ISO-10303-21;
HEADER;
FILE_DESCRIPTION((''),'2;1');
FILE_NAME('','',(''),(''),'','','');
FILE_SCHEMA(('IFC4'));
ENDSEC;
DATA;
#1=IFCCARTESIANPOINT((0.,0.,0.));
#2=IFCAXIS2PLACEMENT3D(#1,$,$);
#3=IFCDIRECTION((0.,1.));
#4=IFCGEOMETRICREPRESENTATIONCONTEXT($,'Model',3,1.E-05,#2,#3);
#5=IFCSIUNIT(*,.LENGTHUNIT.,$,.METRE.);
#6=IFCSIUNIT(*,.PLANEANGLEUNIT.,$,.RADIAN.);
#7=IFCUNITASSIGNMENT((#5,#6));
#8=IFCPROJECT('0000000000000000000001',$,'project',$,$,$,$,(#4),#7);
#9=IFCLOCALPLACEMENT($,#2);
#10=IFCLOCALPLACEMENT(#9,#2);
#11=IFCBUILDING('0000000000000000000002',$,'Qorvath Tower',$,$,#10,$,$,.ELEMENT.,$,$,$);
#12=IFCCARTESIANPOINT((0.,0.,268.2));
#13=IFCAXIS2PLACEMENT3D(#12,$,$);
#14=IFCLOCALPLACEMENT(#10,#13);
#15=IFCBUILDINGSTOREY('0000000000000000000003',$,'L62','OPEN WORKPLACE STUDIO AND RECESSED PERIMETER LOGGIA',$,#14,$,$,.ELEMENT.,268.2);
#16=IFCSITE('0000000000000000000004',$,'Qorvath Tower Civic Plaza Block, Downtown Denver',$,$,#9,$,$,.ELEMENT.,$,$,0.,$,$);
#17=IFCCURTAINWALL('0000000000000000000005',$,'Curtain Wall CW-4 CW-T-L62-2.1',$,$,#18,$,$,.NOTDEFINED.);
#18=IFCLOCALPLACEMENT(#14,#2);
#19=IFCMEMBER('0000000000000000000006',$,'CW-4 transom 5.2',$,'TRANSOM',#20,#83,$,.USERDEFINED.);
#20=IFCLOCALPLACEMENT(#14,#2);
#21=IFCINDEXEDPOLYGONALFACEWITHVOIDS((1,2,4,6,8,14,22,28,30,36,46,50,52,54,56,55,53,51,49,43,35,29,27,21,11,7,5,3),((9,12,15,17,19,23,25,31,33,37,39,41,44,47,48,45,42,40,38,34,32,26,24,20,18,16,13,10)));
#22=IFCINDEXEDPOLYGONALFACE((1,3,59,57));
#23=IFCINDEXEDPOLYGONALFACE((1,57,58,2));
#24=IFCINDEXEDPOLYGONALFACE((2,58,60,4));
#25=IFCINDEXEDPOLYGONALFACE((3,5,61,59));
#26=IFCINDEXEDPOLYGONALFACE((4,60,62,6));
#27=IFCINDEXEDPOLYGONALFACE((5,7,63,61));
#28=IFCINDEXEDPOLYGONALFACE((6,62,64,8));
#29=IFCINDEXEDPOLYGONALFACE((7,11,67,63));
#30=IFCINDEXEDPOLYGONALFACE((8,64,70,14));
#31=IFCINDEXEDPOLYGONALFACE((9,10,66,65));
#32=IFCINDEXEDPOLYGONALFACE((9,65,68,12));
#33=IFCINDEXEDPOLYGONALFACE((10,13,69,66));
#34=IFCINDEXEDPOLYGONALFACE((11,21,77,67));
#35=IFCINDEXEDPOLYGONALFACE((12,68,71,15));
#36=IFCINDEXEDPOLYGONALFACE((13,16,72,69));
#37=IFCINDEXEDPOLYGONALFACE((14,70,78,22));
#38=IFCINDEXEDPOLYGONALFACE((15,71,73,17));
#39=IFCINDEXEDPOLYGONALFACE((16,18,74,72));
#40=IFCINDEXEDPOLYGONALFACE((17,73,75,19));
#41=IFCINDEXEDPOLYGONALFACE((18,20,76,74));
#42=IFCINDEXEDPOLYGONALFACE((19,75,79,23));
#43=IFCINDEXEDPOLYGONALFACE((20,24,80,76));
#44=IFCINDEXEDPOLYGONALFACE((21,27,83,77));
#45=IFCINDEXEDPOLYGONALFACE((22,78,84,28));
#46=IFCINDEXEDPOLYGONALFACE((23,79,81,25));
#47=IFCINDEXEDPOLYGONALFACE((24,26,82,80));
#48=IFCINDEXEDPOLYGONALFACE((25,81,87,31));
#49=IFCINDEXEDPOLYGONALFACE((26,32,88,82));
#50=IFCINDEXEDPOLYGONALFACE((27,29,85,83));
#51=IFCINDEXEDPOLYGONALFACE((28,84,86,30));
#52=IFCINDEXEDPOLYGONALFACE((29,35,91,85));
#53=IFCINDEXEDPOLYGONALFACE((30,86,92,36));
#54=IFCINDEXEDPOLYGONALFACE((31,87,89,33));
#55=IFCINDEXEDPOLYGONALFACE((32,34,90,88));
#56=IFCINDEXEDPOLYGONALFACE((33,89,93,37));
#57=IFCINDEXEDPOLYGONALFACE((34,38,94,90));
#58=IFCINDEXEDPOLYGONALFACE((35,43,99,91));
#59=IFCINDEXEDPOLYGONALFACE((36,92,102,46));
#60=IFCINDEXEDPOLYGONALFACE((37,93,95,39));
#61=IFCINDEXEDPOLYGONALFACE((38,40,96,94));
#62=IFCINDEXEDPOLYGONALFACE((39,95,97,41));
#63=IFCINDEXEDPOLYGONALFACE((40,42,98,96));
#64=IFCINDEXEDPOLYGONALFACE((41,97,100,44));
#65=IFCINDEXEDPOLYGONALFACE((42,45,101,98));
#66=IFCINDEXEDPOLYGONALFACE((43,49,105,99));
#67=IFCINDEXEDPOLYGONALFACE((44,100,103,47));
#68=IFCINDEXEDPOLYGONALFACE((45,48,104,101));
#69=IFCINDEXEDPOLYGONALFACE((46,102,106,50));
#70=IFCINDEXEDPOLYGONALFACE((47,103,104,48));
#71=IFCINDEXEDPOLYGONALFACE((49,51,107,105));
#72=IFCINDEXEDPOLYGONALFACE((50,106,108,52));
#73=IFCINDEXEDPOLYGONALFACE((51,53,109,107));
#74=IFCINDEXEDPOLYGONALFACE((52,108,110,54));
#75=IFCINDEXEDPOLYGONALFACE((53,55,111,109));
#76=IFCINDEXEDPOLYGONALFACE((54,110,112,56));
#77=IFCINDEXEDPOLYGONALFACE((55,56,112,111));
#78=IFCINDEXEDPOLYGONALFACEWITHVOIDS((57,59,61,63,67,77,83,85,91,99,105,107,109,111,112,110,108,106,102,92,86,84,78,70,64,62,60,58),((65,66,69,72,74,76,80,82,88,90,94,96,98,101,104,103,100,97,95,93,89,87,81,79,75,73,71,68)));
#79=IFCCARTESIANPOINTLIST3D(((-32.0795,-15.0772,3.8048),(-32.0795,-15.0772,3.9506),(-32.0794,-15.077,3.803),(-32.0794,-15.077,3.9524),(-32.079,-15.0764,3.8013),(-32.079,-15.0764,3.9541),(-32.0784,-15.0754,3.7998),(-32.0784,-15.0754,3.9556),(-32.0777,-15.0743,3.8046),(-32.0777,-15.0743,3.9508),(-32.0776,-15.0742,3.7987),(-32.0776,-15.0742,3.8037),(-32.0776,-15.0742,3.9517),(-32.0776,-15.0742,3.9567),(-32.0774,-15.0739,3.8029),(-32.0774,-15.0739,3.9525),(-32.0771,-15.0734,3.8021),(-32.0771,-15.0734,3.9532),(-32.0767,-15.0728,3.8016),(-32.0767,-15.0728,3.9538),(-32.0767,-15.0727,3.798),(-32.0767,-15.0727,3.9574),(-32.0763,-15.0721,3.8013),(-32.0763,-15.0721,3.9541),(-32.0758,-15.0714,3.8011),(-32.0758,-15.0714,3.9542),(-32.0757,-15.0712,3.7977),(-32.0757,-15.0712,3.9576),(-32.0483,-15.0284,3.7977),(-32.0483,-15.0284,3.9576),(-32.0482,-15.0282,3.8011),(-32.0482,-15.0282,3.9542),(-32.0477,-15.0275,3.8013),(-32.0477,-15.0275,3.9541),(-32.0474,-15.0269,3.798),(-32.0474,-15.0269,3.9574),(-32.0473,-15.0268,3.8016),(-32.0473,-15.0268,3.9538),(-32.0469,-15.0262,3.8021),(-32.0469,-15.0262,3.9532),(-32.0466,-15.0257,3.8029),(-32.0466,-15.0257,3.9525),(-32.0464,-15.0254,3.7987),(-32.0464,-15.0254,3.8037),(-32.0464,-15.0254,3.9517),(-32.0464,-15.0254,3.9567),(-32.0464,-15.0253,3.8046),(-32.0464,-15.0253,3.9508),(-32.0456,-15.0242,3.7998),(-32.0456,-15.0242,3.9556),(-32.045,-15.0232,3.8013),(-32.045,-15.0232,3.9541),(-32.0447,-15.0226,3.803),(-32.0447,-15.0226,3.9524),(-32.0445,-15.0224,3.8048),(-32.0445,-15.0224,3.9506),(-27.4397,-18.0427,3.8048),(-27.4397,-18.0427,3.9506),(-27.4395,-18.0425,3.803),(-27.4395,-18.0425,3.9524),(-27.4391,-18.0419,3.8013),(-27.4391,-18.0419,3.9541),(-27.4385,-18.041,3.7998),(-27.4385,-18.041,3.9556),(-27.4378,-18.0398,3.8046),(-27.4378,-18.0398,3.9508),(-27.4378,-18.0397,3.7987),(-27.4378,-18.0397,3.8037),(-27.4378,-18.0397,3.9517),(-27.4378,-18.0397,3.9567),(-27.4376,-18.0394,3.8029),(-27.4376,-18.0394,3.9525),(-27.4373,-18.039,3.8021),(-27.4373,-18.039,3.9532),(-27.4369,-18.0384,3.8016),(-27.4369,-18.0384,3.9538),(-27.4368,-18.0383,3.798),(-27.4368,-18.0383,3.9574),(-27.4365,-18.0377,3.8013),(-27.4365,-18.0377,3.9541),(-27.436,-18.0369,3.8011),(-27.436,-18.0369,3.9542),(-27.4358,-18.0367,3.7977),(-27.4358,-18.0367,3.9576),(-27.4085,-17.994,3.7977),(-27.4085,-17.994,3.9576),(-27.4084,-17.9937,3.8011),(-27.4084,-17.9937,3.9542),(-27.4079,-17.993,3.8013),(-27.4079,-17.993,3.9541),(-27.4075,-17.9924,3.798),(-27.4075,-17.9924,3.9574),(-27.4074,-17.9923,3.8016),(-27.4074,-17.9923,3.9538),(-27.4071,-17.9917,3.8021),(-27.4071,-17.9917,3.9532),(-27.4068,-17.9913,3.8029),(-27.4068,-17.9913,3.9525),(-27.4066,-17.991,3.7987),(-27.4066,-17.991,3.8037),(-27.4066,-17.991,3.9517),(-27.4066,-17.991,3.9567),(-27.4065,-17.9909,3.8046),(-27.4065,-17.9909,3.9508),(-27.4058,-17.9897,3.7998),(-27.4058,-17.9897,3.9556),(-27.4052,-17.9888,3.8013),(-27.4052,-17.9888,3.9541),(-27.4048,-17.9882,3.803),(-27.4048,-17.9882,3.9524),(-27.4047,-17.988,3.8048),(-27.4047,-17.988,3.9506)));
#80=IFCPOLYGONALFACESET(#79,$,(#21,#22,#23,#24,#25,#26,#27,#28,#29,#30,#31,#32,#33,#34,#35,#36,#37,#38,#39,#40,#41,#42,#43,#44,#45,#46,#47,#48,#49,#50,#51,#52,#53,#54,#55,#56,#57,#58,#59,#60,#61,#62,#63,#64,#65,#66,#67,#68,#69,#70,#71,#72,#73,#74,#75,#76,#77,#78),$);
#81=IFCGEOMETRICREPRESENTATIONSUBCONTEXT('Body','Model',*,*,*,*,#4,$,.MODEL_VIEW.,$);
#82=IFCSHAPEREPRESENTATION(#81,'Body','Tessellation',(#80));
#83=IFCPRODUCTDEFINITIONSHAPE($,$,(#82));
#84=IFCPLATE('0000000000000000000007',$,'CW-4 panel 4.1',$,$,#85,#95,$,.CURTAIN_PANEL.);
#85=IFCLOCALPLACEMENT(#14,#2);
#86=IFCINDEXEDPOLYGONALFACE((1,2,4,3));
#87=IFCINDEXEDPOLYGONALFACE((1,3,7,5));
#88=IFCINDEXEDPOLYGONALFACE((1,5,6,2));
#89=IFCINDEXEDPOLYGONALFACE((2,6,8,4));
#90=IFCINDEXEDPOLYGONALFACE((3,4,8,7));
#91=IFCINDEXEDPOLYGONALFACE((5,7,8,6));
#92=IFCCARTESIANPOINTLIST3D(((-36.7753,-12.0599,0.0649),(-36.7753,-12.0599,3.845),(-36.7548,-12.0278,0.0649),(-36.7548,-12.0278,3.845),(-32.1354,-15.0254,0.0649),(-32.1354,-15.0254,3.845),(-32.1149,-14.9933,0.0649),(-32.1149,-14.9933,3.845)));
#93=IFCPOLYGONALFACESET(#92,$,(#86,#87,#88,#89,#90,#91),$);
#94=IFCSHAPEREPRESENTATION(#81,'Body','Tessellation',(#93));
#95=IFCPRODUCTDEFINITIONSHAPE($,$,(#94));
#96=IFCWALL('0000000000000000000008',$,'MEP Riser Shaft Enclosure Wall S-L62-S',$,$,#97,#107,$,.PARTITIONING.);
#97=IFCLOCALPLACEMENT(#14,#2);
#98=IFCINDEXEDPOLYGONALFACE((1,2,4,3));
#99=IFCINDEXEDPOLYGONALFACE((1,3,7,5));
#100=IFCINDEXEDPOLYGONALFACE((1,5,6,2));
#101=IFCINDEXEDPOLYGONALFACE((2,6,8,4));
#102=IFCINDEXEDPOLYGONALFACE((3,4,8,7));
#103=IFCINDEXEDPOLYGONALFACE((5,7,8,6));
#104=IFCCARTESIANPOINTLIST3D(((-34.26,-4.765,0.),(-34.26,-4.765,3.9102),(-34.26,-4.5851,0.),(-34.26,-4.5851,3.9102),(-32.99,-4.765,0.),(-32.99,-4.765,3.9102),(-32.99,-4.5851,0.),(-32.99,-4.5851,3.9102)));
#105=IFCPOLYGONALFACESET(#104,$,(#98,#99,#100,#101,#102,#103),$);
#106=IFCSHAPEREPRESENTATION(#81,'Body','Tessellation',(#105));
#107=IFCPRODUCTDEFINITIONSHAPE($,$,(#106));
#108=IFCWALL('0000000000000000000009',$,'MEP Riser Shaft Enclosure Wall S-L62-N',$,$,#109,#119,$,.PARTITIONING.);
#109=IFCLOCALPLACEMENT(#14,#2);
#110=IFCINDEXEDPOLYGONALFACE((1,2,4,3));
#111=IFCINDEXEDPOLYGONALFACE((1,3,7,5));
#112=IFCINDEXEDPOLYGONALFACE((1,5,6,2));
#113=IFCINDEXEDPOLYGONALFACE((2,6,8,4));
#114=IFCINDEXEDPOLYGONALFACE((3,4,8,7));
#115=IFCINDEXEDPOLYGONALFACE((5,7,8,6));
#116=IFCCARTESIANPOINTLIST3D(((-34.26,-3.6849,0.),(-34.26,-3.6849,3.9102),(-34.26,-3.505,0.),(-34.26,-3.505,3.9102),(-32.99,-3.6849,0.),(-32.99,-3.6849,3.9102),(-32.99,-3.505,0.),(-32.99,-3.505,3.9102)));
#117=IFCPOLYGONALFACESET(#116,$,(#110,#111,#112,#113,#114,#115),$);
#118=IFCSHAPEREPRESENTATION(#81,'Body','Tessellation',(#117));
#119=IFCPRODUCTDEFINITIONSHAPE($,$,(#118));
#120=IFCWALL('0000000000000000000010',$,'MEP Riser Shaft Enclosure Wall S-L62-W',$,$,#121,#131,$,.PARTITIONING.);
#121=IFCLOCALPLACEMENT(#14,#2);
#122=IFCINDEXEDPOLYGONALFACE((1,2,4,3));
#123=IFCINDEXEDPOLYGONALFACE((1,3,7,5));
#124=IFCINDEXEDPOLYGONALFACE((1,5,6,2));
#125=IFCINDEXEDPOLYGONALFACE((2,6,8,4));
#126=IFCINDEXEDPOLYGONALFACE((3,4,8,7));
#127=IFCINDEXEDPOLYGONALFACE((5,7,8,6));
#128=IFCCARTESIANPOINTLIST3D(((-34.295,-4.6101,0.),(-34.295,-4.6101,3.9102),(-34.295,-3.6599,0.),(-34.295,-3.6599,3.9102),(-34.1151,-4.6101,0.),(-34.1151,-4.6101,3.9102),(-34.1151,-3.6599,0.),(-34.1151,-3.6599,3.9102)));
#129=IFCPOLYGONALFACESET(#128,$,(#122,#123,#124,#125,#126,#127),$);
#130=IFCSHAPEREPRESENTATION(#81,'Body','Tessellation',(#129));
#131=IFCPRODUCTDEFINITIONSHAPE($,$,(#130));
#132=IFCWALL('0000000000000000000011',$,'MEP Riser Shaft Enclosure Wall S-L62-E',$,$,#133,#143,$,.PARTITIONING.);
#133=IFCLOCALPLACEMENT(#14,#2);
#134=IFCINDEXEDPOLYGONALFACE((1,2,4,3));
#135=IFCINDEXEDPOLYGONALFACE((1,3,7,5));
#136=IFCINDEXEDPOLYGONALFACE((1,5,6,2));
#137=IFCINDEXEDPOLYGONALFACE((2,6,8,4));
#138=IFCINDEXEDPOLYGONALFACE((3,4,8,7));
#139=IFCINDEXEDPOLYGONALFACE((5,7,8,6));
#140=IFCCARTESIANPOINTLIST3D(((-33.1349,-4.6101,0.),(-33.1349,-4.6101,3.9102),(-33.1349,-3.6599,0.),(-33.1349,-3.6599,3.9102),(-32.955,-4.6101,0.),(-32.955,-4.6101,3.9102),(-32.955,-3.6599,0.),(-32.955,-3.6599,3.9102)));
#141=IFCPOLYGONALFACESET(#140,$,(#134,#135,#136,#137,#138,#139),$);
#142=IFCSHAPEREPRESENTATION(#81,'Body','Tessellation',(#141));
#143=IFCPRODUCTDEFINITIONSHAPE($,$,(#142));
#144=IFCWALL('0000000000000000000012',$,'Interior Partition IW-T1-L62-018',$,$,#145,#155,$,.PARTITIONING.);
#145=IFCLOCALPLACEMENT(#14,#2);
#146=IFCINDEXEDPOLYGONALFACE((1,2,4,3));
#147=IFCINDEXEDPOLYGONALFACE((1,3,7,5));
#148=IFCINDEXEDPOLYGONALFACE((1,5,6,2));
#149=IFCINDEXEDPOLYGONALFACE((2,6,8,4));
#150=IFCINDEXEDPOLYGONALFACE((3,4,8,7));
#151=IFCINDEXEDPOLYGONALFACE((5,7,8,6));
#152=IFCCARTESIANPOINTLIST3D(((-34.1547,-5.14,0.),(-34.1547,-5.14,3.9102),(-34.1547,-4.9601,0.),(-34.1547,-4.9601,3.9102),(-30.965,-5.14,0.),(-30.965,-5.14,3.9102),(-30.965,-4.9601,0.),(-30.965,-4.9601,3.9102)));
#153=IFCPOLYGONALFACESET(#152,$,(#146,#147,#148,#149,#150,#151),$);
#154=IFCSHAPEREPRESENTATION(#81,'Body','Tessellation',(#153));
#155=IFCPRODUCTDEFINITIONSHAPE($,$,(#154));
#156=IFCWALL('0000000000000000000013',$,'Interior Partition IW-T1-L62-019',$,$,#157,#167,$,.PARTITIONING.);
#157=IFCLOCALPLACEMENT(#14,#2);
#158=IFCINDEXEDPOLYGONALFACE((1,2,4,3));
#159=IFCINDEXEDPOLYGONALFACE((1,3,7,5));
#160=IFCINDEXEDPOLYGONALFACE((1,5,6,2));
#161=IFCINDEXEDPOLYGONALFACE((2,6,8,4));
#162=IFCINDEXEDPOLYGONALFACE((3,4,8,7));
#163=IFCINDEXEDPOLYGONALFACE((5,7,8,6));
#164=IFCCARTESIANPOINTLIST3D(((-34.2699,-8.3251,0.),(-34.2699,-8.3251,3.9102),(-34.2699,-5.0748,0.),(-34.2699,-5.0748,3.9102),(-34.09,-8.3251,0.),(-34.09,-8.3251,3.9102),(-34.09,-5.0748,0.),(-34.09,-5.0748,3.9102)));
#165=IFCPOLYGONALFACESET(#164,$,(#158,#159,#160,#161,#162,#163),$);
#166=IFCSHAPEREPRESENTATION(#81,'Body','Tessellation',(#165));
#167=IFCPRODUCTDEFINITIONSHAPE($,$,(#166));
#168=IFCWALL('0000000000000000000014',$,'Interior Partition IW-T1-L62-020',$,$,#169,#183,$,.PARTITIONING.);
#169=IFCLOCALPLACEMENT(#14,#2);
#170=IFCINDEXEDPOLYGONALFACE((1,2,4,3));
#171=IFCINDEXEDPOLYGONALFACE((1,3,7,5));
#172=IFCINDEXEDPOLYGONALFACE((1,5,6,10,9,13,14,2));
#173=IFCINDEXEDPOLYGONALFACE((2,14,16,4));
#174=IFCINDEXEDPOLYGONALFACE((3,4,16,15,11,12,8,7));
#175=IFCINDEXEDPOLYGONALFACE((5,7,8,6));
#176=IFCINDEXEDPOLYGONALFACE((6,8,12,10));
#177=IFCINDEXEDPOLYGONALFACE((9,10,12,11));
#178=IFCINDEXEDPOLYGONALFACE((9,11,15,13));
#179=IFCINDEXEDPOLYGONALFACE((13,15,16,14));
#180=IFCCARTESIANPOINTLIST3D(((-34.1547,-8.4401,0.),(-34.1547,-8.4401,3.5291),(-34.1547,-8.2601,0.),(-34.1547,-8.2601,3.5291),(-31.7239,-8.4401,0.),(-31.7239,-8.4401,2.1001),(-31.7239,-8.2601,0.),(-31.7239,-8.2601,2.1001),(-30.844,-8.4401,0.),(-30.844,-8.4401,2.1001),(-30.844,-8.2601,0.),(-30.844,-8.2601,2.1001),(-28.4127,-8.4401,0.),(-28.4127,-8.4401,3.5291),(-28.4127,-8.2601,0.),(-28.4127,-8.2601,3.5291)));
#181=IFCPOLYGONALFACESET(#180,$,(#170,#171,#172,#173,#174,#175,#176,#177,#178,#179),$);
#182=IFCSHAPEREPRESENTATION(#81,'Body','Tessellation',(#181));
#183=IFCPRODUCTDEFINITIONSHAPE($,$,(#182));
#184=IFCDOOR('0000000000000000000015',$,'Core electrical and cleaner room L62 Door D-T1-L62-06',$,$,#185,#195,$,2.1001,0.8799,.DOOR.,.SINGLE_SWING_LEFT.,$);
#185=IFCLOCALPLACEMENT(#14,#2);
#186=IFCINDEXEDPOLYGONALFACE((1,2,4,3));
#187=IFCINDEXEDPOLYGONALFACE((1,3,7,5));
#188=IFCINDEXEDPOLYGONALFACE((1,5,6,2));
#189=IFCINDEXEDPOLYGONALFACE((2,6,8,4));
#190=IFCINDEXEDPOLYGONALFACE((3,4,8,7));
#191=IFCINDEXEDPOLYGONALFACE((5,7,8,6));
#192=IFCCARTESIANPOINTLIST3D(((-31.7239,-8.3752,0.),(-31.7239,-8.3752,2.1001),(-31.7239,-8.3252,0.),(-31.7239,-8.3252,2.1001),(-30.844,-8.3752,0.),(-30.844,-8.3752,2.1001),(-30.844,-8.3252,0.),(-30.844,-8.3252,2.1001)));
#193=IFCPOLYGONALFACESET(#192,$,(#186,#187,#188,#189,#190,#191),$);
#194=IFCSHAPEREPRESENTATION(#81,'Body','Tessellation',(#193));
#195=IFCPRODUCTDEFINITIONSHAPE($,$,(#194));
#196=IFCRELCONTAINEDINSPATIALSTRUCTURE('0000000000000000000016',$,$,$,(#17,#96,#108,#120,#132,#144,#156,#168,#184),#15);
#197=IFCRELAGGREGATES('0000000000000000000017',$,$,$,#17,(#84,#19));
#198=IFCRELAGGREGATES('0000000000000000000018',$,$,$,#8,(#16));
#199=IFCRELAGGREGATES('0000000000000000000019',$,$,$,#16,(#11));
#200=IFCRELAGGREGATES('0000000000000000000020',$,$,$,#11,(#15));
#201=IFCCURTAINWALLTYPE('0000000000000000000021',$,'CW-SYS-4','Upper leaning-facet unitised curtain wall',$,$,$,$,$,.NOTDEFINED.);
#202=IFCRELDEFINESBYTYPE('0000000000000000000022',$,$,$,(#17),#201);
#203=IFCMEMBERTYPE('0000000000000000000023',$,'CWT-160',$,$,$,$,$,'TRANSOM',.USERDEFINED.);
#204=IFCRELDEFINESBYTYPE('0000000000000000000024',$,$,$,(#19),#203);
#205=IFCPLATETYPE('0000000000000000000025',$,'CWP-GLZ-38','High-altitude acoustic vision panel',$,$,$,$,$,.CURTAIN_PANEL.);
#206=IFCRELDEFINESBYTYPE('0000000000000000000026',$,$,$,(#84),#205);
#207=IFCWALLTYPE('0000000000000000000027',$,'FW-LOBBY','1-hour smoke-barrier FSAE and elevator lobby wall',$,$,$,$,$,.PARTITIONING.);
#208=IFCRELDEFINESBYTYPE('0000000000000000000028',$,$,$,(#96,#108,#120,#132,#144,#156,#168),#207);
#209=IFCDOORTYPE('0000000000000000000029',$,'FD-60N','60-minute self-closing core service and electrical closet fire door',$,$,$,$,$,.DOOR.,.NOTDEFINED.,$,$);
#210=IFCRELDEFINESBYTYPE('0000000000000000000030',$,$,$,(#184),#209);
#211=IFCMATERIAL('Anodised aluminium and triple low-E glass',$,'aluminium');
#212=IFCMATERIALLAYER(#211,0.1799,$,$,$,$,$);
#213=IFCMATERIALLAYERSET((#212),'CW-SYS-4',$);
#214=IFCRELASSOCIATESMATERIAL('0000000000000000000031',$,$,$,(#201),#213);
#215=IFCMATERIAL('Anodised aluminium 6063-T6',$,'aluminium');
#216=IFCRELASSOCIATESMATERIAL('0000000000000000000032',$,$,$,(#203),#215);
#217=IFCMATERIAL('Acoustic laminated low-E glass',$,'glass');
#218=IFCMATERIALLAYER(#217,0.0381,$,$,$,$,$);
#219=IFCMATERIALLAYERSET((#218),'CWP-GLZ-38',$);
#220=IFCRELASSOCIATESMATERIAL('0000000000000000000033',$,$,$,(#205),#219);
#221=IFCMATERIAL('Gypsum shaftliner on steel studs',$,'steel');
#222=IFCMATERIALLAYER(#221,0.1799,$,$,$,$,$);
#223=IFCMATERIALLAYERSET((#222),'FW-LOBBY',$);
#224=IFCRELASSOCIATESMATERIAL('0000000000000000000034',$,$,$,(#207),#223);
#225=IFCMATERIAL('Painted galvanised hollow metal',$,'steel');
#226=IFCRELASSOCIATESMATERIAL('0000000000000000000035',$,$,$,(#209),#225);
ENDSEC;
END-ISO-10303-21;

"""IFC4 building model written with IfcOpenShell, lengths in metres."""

from ifc_helpers import new_model, si_unit, direction, frame, frame_2d, origin, origin_2d, place, context, subcontext, project, spatial, rectangle, hollow_rectangle, extrude, material, layer, layer_set, material_profile, profile_set, type_object, element, fill, aggregate, save


model = new_model("IFC4")

# Units and contexts
model_context = context("Model", 3, precision=1e-05, world=origin(), true_north=direction((0.0, 1.0)))
body_context = subcontext(model_context, "Body", "Model", "MODEL_VIEW")
ifc_project = project(units=[si_unit("LENGTHUNIT", "METRE"), si_unit("PLANEANGLEUNIT", "RADIAN")], contexts=[model_context])

# Site, building, storey
site_placement = place(None, origin())
site = spatial("IfcSite", under=ifc_project, at=site_placement, Name="Qorvath Tower Civic Plaza Block, Downtown Denver", CompositionType="ELEMENT", RefElevation=0.0)
building_placement = place(site_placement, origin())
building = spatial("IfcBuilding", under=site, at=building_placement, Name="Qorvath Tower", CompositionType="ELEMENT")
storey_placement = place(building_placement, frame((0.0, 0.0, 268.2)))
storey = spatial("IfcBuildingStorey", under=building, at=storey_placement, Name="L62", Description="OPEN WORKPLACE STUDIO AND RECESSED PERIMETER LOGGIA", CompositionType="ELEMENT", Elevation=268.2)

# Curtain wall, member, plate
ifc_material_1 = material(Name="Anodised aluminium and triple low-E glass", Category="aluminium")
ifc_layer_1 = layer(ifc_material_1, 0.1799)
ifc_layer_set_1 = layer_set([ifc_layer_1], Name="CW-SYS-4")
curtain_wall_type = type_object("IfcCurtainWallType", Name="CW-SYS-4", Description="Upper leaning-facet unitised curtain wall", PredefinedType="NOTDEFINED", material=ifc_layer_set_1)
curtain_wall_placement = place(storey_placement, origin())
curtain_wall = element("IfcCurtainWall", 1, at=curtain_wall_placement, inside=storey, type_object=curtain_wall_type, Name="Curtain Wall CW-4 CW-T-L62-2.1", PredefinedType="NOTDEFINED")
ifc_material_2 = material(Name="Anodised aluminium 6063-T6", Category="aluminium")
ifc_material_profile_1 = material_profile(ifc_material_2, hollow_rectangle(XDim=0.0649, YDim=0.1599, WallThickness=0.0034, InnerFilletRadius=0.0034, OuterFilletRadius=0.0071, at=origin_2d()), Name="CWT 160x65")
ifc_profile_set_1 = profile_set([ifc_material_profile_1], Name="Anodised aluminium 6063-T6")
member_type_1 = type_object("IfcMemberType", Name="CWT-160", ElementType="TRANSOM", PredefinedType="USERDEFINED", material=ifc_profile_set_1)
member_1_placement = place(storey_placement, frame((-32.062, -15.0498, 3.8777), z_axis=(0.842597, -0.538544, 0.0), x_axis=(0.538544, 0.842597, 0.0)))
member_1 = element("IfcMember", 2, at=member_1_placement, type_object=member_type_1, Name="CW-4 transom 5.2", ObjectType="TRANSOM", PredefinedType="USERDEFINED", context=body_context, shape_type="SweptSolid", body=[
    extrude(hollow_rectangle(XDim=0.0649, YDim=0.1599, WallThickness=0.0034, InnerFilletRadius=0.0034, OuterFilletRadius=0.0071, at=origin_2d()), origin(), (0.0, 0.0, 1.0), 5.5066),
])
ifc_material_3 = material(Name="Acoustic laminated low-E glass", Category="glass")
ifc_layer_2 = layer(ifc_material_3, 0.0381)
ifc_layer_set_2 = layer_set([ifc_layer_2], Name="CWP-GLZ-38")
plate_type = type_object("IfcPlateType", Name="CWP-GLZ-38", Description="High-altitude acoustic vision panel", PredefinedType="CURTAIN_PANEL", material=ifc_layer_set_2)
plate_placement = place(storey_placement, frame((-34.4451, -13.5266, 0.0649), z_axis=(0.0, 0.0, 1.0), x_axis=(0.842604, -0.538534, 0.0)))
plate = element("IfcPlate", 3, at=plate_placement, type_object=plate_type, Name="CW-4 panel 4.1", PredefinedType="CURTAIN_PANEL", context=body_context, shape_type="SweptSolid", body=[
    extrude(rectangle(XDim=5.5066, YDim=0.0381, at=origin_2d()), origin(), (0.0, 0.0, 1.0), 3.78),
])
aggregate(curtain_wall, [plate, member_1])

# Walls
ifc_material_4 = material(Name="Gypsum shaftliner on steel studs", Category="steel")
ifc_layer_3 = layer(ifc_material_4, 0.1799)
ifc_layer_set_3 = layer_set([ifc_layer_3], Name="FW-LOBBY")
wall_type_1 = type_object("IfcWallType", Name="FW-LOBBY", Description="1-hour smoke-barrier FSAE and elevator lobby wall", PredefinedType="PARTITIONING", material=ifc_layer_set_3)
for number, where, z_axis, x_axis, name in (
    (4, (-32.99, -4.675, 0.0), (0.0, 0.0, 1.0), (-1.0, 0.0, 0.0), "MEP Riser Shaft Enclosure Wall S-L62-S"),
    (5, (-34.26, -3.595, 0.0), (0.0, 0.0, 1.0), (1.0, 0.0, 0.0), "MEP Riser Shaft Enclosure Wall S-L62-N"),
):
    element("IfcWall", number, at=place(storey_placement, frame(where, z_axis=z_axis, x_axis=x_axis)), inside=storey, type_object=wall_type_1, Name=name, PredefinedType="PARTITIONING", context=body_context, shape_type="SweptSolid", body=[
        extrude(rectangle(XDim=1.27, YDim=0.1799, at=frame_2d((0.635, 0.0))), origin(), (0.0, 0.0, 1.0), 3.9102),
    ])
for number, where, z_axis, x_axis, name in (
    (6, (-34.2051, -4.6101, 0.0), (0.0, 0.0, 1.0), (0.0, 1.0, 0.0), "MEP Riser Shaft Enclosure Wall S-L62-W"),
    (7, (-33.0449, -3.6599, 0.0), (0.0, 0.0, 1.0), (0.0, -1.0, 0.0), "MEP Riser Shaft Enclosure Wall S-L62-E"),
):
    element("IfcWall", number, at=place(storey_placement, frame(where, z_axis=z_axis, x_axis=x_axis)), inside=storey, type_object=wall_type_1, Name=name, PredefinedType="PARTITIONING", context=body_context, shape_type="SweptSolid", body=[
        extrude(rectangle(XDim=0.9502, YDim=0.1799, at=frame_2d((0.4751, 0.0))), origin(), (0.0, 0.0, 1.0), 3.9102),
    ])
wall_1_placement = place(storey_placement, frame((-30.9651, -5.05, 0.0), z_axis=(0.0, 0.0, 1.0), x_axis=(-1.0, 0.0, 0.0)))
element("IfcWall", 8, at=wall_1_placement, inside=storey, type_object=wall_type_1, Name="Interior Partition IW-T1-L62-018", PredefinedType="PARTITIONING", context=body_context, shape_type="SweptSolid", body=[
    extrude(rectangle(XDim=3.1897, YDim=0.1799, at=frame_2d((1.5947, 0.0))), origin(), (0.0, 0.0, 1.0), 3.9102),
])
wall_2_placement = place(storey_placement, frame((-34.1799, -5.075, 0.0), z_axis=(0.0, 0.0, 1.0), x_axis=(0.0, -1.0, 0.0)))
element("IfcWall", 9, at=wall_2_placement, inside=storey, type_object=wall_type_1, Name="Interior Partition IW-T1-L62-019", PredefinedType="PARTITIONING", context=body_context, shape_type="SweptSolid", body=[
    extrude(rectangle(XDim=3.2502, YDim=0.1799, at=frame_2d((1.625, 0.0))), origin(), (0.0, 0.0, 1.0), 3.9102),
])

# Wall, opening, door
wall_3_placement = place(storey_placement, frame((-34.1548, -8.3501, 0.0), z_axis=(0.0, 0.0, 1.0), x_axis=(1.0, 0.0, 0.0)))
wall_3 = element("IfcWall", 10, at=wall_3_placement, inside=storey, type_object=wall_type_1, Name="Interior Partition IW-T1-L62-020", PredefinedType="PARTITIONING", context=body_context, shape_type="SweptSolid", body=[
    extrude(rectangle(XDim=5.7419, YDim=0.1799, at=frame_2d((2.8711, 0.0))), origin(), (0.0, 0.0, 1.0), 3.5291),
])
opening_placement = place(wall_3_placement, frame((2.4309, 0.0, 0.0)))
opening = element("IfcOpeningElement", 11, at=opening_placement, cuts=wall_3, PredefinedType="OPENING", context=body_context, shape_type="SweptSolid", body=[
    extrude(rectangle(XDim=0.8799, YDim=2.1001, at=frame_2d((0.4399, 1.05))), frame((0.0, 0.1001, 0.0), z_axis=(0.0, -1.0, 0.0), x_axis=(1.0, 0.0, 0.0)), (0.0, 0.0, 1.0), 0.2),
])
ifc_material_5 = material(Name="Painted galvanised hollow metal", Category="steel")
door_type = type_object("IfcDoorType", Name="FD-60N", Description="60-minute self-closing core service and electrical closet fire door", OperationType="NOTDEFINED", PredefinedType="DOOR", material=ifc_material_5)
door_placement = place(opening_placement, origin())
door = element("IfcDoor", 12, at=door_placement, inside=storey, type_object=door_type, Name="Core electrical and cleaner room L62 Door D-T1-L62-06", OperationType="SINGLE_SWING_LEFT", OverallHeight=2.1001, OverallWidth=0.8799, PredefinedType="DOOR", context=body_context, shape_type="SweptSolid", body=[
    extrude(rectangle(XDim=0.8799, YDim=2.1001, at=frame_2d((0.4399, 1.05))), frame((0.0, 0.0249, 0.0), z_axis=(0.0, -1.0, 0.0), x_axis=(1.0, 0.0, 0.0)), (0.0, 0.0, 1.0), 0.05),
])
fill(opening, door)

save(model, "model.ifc")
